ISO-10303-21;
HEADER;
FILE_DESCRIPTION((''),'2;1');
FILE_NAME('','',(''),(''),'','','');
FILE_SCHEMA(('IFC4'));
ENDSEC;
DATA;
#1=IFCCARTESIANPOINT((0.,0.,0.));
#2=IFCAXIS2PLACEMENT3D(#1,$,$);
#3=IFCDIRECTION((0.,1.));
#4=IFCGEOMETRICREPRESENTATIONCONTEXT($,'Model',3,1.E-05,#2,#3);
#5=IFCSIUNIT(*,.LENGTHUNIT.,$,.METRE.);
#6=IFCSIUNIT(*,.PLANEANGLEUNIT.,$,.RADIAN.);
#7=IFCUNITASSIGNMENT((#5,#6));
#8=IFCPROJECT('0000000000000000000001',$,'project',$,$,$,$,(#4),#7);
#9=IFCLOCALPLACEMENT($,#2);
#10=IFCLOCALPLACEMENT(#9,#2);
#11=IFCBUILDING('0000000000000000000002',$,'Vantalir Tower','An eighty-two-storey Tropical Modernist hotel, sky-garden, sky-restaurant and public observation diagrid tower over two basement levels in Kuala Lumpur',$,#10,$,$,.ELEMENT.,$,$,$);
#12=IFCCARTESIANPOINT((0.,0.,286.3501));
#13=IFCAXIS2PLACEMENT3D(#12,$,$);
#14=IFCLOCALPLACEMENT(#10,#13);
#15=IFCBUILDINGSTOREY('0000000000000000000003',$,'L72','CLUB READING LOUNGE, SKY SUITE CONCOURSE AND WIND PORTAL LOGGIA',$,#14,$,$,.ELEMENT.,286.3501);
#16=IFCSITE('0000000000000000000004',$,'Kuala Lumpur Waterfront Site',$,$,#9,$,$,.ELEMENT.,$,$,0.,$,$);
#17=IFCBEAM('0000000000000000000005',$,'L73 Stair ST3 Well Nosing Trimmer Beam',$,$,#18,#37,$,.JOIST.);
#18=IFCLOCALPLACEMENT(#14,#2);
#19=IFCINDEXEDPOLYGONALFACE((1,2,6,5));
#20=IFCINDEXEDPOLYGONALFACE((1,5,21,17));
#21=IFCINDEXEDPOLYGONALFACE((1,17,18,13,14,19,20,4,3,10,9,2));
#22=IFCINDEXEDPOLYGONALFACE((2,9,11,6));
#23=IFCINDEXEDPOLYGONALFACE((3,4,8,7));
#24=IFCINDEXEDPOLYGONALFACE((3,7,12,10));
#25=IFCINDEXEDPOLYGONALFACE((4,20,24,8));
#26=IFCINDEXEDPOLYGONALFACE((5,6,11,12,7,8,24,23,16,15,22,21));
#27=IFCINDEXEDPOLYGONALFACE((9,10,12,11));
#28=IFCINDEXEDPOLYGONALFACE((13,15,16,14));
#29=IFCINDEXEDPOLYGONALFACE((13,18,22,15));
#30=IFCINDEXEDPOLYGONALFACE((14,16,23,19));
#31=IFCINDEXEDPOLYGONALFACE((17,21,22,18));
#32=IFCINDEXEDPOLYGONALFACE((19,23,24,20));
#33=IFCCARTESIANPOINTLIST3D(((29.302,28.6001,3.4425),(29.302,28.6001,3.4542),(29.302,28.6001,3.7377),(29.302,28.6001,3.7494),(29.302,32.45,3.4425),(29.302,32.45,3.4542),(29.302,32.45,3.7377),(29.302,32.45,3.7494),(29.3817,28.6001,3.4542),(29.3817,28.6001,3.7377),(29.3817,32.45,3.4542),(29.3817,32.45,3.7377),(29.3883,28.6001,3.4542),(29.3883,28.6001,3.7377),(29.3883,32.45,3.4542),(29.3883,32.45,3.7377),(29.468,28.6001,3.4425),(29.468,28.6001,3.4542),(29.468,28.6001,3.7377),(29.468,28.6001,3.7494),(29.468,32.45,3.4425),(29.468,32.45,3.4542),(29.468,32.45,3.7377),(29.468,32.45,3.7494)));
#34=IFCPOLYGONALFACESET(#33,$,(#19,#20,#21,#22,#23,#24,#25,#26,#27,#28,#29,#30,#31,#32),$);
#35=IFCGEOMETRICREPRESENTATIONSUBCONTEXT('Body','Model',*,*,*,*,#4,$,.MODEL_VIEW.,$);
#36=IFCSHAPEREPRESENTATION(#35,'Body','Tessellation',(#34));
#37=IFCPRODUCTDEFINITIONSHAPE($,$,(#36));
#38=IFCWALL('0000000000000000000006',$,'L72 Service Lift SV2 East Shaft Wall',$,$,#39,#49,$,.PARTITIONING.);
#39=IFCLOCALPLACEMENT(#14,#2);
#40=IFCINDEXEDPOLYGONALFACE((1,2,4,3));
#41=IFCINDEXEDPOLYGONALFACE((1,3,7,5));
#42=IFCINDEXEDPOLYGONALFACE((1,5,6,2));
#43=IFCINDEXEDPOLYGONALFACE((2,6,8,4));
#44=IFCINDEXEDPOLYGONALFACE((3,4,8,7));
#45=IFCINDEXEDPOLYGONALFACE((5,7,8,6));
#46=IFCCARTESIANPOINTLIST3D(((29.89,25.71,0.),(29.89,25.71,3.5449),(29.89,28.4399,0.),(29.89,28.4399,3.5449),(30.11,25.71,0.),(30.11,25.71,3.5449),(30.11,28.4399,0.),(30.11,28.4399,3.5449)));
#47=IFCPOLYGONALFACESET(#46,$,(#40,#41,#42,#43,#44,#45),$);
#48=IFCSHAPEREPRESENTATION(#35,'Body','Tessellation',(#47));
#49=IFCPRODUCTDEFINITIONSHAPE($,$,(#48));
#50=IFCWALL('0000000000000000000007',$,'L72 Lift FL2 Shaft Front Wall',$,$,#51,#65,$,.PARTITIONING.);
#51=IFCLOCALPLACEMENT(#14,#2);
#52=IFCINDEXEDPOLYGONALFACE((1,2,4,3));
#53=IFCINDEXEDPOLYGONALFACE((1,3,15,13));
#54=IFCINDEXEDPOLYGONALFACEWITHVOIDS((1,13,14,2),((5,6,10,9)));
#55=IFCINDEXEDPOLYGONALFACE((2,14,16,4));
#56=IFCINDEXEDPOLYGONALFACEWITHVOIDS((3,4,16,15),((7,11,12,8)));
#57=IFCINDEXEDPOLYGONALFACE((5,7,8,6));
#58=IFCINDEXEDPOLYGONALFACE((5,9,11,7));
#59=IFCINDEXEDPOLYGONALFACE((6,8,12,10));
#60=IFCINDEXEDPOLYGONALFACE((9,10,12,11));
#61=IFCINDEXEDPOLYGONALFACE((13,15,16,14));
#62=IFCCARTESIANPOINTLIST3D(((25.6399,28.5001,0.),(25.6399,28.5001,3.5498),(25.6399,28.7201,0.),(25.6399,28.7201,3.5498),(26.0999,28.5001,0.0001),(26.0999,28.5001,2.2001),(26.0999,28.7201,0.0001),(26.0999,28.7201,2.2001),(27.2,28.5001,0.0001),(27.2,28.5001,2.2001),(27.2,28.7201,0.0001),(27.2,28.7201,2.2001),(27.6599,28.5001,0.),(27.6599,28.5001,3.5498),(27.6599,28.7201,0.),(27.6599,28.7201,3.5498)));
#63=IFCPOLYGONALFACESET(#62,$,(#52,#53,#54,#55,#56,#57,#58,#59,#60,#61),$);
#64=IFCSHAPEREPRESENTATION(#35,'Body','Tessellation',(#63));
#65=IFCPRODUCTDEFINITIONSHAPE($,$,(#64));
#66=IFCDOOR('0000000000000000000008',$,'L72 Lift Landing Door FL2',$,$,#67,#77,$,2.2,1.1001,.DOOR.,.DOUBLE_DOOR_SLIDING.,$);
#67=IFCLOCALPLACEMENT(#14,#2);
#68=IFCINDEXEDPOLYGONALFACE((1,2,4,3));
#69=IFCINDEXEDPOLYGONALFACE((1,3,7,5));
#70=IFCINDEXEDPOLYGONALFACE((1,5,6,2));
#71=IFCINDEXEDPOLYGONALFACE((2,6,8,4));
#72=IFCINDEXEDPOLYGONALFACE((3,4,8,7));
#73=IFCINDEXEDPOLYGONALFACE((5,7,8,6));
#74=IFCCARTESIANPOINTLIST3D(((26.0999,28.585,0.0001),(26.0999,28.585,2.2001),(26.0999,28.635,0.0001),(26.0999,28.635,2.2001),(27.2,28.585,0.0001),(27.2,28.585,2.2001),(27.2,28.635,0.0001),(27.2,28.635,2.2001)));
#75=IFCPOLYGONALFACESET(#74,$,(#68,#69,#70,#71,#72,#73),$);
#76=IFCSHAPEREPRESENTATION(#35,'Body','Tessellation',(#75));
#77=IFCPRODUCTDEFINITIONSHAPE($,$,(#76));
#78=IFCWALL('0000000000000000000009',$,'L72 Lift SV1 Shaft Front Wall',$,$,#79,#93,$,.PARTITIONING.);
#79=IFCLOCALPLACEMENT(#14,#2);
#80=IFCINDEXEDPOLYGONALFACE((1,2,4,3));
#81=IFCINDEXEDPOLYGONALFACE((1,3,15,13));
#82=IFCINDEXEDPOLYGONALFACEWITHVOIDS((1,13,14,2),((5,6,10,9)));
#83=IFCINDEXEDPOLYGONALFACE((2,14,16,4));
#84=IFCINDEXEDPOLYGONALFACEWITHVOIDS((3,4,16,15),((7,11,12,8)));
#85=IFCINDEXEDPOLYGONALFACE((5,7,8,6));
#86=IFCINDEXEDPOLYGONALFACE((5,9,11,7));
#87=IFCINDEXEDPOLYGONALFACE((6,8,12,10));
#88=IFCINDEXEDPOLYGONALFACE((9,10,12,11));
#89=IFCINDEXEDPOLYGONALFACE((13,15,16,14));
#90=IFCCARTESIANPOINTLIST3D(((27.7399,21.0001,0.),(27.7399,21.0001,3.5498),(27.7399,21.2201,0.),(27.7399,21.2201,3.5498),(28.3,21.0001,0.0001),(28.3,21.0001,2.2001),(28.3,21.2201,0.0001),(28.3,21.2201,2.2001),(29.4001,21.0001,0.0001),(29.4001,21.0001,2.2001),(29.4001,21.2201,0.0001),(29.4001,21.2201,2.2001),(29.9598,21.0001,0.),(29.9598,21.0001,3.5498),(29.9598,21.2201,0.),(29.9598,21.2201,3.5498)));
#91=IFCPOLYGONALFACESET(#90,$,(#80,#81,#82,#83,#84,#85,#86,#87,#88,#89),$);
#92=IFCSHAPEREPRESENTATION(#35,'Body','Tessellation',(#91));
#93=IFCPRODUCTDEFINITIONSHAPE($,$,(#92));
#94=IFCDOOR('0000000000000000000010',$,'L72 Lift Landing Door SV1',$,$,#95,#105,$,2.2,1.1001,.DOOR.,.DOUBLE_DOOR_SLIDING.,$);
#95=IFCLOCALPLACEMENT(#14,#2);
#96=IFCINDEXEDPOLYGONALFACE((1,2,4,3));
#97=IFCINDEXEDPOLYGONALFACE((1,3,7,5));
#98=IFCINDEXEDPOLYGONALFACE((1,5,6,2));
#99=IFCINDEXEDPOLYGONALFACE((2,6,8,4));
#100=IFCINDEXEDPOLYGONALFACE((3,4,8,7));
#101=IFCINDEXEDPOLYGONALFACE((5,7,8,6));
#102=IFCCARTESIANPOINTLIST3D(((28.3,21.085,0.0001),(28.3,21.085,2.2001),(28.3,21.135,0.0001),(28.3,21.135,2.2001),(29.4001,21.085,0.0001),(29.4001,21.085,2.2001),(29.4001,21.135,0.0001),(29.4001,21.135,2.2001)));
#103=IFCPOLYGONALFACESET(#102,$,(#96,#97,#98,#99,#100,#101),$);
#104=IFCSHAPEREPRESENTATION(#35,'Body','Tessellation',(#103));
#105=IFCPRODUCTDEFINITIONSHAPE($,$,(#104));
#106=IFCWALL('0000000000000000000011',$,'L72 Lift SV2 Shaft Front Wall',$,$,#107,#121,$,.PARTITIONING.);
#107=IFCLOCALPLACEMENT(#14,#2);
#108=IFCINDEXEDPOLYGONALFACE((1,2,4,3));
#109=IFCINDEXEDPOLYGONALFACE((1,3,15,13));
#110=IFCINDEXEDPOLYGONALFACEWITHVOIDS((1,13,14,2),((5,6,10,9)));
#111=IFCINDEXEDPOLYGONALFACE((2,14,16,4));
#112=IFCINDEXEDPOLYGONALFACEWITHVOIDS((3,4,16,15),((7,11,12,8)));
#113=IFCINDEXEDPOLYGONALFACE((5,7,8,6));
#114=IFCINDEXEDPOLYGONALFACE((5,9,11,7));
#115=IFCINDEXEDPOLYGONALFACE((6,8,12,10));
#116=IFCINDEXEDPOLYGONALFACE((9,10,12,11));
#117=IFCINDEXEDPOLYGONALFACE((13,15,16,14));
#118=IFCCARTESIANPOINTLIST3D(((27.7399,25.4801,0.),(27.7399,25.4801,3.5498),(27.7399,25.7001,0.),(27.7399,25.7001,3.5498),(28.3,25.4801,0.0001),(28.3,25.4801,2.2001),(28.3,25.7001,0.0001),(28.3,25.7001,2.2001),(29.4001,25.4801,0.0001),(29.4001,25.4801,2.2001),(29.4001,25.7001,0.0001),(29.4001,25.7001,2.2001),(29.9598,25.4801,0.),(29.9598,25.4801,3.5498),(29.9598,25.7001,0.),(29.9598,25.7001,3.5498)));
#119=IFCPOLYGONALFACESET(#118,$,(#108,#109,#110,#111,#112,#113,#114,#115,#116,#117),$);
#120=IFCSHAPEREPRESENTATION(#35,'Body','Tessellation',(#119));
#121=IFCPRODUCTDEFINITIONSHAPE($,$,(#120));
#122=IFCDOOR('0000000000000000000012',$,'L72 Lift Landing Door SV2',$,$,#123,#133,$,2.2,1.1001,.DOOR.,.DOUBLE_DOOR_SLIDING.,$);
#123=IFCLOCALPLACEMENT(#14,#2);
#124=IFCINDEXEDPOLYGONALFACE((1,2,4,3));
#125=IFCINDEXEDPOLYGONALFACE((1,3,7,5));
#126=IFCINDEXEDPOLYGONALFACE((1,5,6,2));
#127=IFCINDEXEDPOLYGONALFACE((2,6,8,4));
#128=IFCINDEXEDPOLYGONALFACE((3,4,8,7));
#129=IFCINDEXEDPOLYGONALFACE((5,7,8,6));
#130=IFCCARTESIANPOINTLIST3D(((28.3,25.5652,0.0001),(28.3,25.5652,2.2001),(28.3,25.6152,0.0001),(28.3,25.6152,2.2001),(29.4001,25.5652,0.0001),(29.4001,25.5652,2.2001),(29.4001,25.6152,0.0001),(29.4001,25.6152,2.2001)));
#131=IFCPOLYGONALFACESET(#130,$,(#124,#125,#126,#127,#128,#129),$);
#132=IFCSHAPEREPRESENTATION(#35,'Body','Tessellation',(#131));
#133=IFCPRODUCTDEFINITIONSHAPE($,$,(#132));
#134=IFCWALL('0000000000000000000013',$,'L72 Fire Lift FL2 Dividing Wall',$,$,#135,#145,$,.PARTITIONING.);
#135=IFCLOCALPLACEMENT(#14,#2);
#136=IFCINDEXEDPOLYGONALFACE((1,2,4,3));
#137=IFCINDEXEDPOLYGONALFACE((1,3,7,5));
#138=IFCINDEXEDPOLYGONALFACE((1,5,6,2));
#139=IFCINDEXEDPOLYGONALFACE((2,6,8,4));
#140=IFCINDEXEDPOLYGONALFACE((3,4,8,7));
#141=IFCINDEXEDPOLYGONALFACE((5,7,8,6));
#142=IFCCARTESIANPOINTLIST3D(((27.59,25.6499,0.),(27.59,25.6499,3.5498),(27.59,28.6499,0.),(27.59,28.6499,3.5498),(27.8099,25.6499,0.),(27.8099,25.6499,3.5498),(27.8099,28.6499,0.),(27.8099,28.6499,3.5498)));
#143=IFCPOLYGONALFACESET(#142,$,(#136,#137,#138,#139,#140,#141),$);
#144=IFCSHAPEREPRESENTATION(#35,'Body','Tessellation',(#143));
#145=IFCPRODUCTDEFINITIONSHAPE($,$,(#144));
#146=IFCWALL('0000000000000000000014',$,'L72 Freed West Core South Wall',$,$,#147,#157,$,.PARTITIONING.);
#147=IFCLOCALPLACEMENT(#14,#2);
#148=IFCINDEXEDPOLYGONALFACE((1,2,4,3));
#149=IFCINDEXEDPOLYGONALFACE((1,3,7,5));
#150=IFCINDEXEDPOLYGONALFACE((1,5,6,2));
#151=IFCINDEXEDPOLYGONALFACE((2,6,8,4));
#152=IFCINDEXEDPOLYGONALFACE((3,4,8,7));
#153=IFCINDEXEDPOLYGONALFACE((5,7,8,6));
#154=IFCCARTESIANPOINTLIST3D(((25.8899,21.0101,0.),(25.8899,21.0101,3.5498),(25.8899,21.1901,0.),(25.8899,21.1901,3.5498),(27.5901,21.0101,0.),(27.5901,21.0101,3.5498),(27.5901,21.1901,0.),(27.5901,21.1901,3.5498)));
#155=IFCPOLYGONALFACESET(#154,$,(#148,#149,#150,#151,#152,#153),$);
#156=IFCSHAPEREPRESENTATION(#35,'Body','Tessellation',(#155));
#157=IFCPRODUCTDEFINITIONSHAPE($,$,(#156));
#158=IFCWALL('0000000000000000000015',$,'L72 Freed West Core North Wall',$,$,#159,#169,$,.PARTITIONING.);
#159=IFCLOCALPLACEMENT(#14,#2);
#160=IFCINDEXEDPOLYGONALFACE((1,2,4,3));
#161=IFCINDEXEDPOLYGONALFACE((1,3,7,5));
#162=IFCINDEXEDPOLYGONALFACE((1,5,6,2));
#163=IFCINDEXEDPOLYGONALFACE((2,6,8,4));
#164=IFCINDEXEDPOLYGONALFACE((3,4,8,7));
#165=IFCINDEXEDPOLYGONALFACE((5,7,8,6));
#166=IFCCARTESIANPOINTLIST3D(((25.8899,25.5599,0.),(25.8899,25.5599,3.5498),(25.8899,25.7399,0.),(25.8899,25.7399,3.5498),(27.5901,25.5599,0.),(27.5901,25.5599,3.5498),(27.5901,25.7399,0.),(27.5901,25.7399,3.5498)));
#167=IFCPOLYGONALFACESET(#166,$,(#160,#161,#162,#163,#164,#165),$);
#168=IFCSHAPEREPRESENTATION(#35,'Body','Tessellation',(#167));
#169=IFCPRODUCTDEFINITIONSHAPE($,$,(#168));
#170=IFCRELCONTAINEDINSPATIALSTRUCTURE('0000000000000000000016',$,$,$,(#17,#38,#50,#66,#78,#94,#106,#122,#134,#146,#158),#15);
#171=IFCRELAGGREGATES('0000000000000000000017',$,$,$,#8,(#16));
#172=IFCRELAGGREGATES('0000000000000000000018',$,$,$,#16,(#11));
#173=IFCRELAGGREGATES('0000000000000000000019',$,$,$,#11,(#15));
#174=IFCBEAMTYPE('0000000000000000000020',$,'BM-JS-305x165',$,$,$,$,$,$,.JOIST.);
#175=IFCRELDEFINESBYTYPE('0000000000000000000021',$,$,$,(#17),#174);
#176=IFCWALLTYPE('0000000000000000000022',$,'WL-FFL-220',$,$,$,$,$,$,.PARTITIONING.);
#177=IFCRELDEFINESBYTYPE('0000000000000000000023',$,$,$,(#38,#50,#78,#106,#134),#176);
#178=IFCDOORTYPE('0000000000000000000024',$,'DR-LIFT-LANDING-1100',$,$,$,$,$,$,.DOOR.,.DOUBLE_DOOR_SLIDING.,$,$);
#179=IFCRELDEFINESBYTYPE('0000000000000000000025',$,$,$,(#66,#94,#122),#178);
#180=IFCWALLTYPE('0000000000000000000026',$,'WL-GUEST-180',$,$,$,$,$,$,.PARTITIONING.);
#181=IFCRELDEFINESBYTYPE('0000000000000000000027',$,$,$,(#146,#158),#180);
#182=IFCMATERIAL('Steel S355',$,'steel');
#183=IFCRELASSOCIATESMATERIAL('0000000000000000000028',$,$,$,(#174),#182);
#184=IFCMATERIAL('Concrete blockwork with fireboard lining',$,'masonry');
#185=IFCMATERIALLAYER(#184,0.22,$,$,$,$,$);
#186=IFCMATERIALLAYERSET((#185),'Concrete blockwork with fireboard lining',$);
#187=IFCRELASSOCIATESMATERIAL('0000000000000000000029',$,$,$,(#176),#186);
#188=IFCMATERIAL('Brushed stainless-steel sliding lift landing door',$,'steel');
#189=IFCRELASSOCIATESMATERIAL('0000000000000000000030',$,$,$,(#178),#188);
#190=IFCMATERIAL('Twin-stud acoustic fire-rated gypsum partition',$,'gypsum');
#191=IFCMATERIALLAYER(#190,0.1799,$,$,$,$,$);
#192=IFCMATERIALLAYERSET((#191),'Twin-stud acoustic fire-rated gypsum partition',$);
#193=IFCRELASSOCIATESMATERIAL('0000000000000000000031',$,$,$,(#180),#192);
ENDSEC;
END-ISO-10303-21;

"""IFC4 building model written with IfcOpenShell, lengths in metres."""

from ifc_helpers import new_model, si_unit, direction, frame, frame_2d, origin, origin_2d, place, context, subcontext, project, spatial, rectangle, i_section, extrude, material, layer, layer_set, material_profile, profile_set, type_object, element, fill, save


model = new_model("IFC4")

# Units and contexts
model_context = context("Model", 3, precision=1e-05, world=origin(), true_north=direction((0.0, 1.0)))
body_context = subcontext(model_context, "Body", "Model", "MODEL_VIEW")
ifc_project = project(units=[si_unit("LENGTHUNIT", "METRE"), si_unit("PLANEANGLEUNIT", "RADIAN")], contexts=[model_context])

# Site, building, storey
site_placement = place(None, origin())
site = spatial("IfcSite", under=ifc_project, at=site_placement, Name="Kuala Lumpur Waterfront Site", CompositionType="ELEMENT", RefElevation=0.0)
building_placement = place(site_placement, origin())
building = spatial("IfcBuilding", under=site, at=building_placement, Name="Vantalir Tower", Description="An eighty-two-storey Tropical Modernist hotel, sky-garden, sky-restaurant and public observation diagrid tower over two basement levels in Kuala Lumpur", CompositionType="ELEMENT")
storey_placement = place(building_placement, frame((0.0, 0.0, 286.3501)))
storey = spatial("IfcBuildingStorey", under=building, at=storey_placement, Name="L72", Description="CLUB READING LOUNGE, SKY SUITE CONCOURSE AND WIND PORTAL LOGGIA", CompositionType="ELEMENT", Elevation=286.3501)

# Beam
ifc_material_1 = material(Name="Steel S355", Category="steel")
ifc_material_profile = material_profile(ifc_material_1, i_section(OverallWidth=0.166, OverallDepth=0.3069, WebThickness=0.0066, FlangeThickness=0.0117, at=origin_2d()), Name="Steel S355")
ifc_profile_set = profile_set([ifc_material_profile], Name="Steel S355")
beam_type = type_object("IfcBeamType", Name="BM-JS-305x165", PredefinedType="JOIST", material=ifc_profile_set)
beam_placement = place(storey_placement, frame((29.385, 28.6001, 3.5959), z_axis=(0.0, 1.0, 0.0), x_axis=(-1.0, 0.0, 0.0)))
element("IfcBeam", 1, at=beam_placement, inside=storey, type_object=beam_type, Name="L73 Stair ST3 Well Nosing Trimmer Beam", PredefinedType="JOIST", context=body_context, shape_type="SweptSolid", body=[
    extrude(i_section(OverallWidth=0.166, OverallDepth=0.3069, WebThickness=0.0066, FlangeThickness=0.0117, at=origin_2d()), origin(), (0.0, 0.0, 1.0), 3.8499),
])

# Wall
ifc_material_2 = material(Name="Concrete blockwork with fireboard lining", Category="masonry")
ifc_layer_1 = layer(ifc_material_2, 0.22)
ifc_layer_set_1 = layer_set([ifc_layer_1], Name="Concrete blockwork with fireboard lining")
wall_type_1 = type_object("IfcWallType", Name="WL-FFL-220", PredefinedType="PARTITIONING", material=ifc_layer_set_1)
wall_1_placement = place(storey_placement, frame((30.0, 25.71, 0.0), z_axis=(0.0, 0.0, 1.0), x_axis=(0.0, 1.0, 0.0)))
element("IfcWall", 2, at=wall_1_placement, inside=storey, type_object=wall_type_1, Name="L72 Service Lift SV2 East Shaft Wall", PredefinedType="PARTITIONING", context=body_context, shape_type="SweptSolid", body=[
    extrude(rectangle(XDim=2.73, YDim=0.22, at=frame_2d((1.365, 0.0))), origin(), (0.0, 0.0, 1.0), 3.5449),
])

# Walls, openings, doors
wall_2_placement = place(storey_placement, frame((25.6399, 28.6101, 0.0), z_axis=(0.0, 0.0, 1.0), x_axis=(1.0, 0.0, 0.0)))
wall_2 = element("IfcWall", 3, at=wall_2_placement, inside=storey, type_object=wall_type_1, Name="L72 Lift FL2 Shaft Front Wall", PredefinedType="PARTITIONING", context=body_context, shape_type="SweptSolid", body=[
    extrude(rectangle(XDim=2.02, YDim=0.22, at=frame_2d((1.01, 0.0))), origin(), (0.0, 0.0, 1.0), 3.5498),
])
opening_1_placement = place(wall_2_placement, frame((0.46, 0.0, 0.0)))
opening_1 = element("IfcOpeningElement", 4, at=opening_1_placement, cuts=wall_2, PredefinedType="OPENING", context=body_context, shape_type="SweptSolid", body=[
    extrude(rectangle(XDim=1.1001, YDim=2.2, at=frame_2d((0.55, 1.1001))), frame((0.0, 0.1199, 0.0), z_axis=(0.0, -1.0, 0.0), x_axis=(1.0, 0.0, 0.0)), (0.0, 0.0, 1.0), 0.24),
])
ifc_material_3 = material(Name="Brushed stainless-steel sliding lift landing door", Category="steel")
door_type_1 = type_object("IfcDoorType", Name="DR-LIFT-LANDING-1100", OperationType="DOUBLE_DOOR_SLIDING", PredefinedType="DOOR", material=ifc_material_3)
door_1_placement = place(opening_1_placement, origin())
door_1 = element("IfcDoor", 5, at=door_1_placement, inside=storey, type_object=door_type_1, Name="L72 Lift Landing Door FL2", OperationType="DOUBLE_DOOR_SLIDING", OverallHeight=2.2, OverallWidth=1.1001, PredefinedType="DOOR", context=body_context, shape_type="SweptSolid", body=[
    extrude(rectangle(XDim=1.1001, YDim=2.2, at=frame_2d((0.55, 1.1001))), frame((0.0, 0.0249, 0.0), z_axis=(0.0, -1.0, 0.0), x_axis=(1.0, 0.0, 0.0)), (0.0, 0.0, 1.0), 0.05),
])
fill(opening_1, door_1)
wall_3_placement = place(storey_placement, frame((27.74, 21.1101, 0.0), z_axis=(0.0, 0.0, 1.0), x_axis=(1.0, 0.0, 0.0)))
wall_3 = element("IfcWall", 6, at=wall_3_placement, inside=storey, type_object=wall_type_1, Name="L72 Lift SV1 Shaft Front Wall", PredefinedType="PARTITIONING", context=body_context, shape_type="SweptSolid", body=[
    extrude(rectangle(XDim=2.22, YDim=0.22, at=frame_2d((1.1099, 0.0))), origin(), (0.0, 0.0, 1.0), 3.5498),
])
opening_2_placement = place(wall_3_placement, frame((0.5601, 0.0, 0.0)))
opening_2 = element("IfcOpeningElement", 7, at=opening_2_placement, cuts=wall_3, PredefinedType="OPENING", context=body_context, shape_type="SweptSolid", body=[
    extrude(rectangle(XDim=1.1001, YDim=2.2, at=frame_2d((0.55, 1.1001))), frame((0.0, 0.1199, 0.0), z_axis=(0.0, -1.0, 0.0), x_axis=(1.0, 0.0, 0.0)), (0.0, 0.0, 1.0), 0.24),
])
door_2_placement = place(opening_2_placement, origin())
door_2 = element("IfcDoor", 8, at=door_2_placement, inside=storey, type_object=door_type_1, Name="L72 Lift Landing Door SV1", OperationType="DOUBLE_DOOR_SLIDING", OverallHeight=2.2, OverallWidth=1.1001, PredefinedType="DOOR", context=body_context, shape_type="SweptSolid", body=[
    extrude(rectangle(XDim=1.1001, YDim=2.2, at=frame_2d((0.55, 1.1001))), frame((0.0, 0.0249, 0.0), z_axis=(0.0, -1.0, 0.0), x_axis=(1.0, 0.0, 0.0)), (0.0, 0.0, 1.0), 0.05),
])
fill(opening_2, door_2)
wall_4_placement = place(storey_placement, frame((27.74, 25.5901, 0.0), z_axis=(0.0, 0.0, 1.0), x_axis=(1.0, 0.0, 0.0)))
wall_4 = element("IfcWall", 9, at=wall_4_placement, inside=storey, type_object=wall_type_1, Name="L72 Lift SV2 Shaft Front Wall", PredefinedType="PARTITIONING", context=body_context, shape_type="SweptSolid", body=[
    extrude(rectangle(XDim=2.22, YDim=0.22, at=frame_2d((1.1099, 0.0))), origin(), (0.0, 0.0, 1.0), 3.5498),
])
opening_3_placement = place(wall_4_placement, frame((0.5601, 0.0, 0.0)))
opening_3 = element("IfcOpeningElement", 10, at=opening_3_placement, cuts=wall_4, PredefinedType="OPENING", context=body_context, shape_type="SweptSolid", body=[
    extrude(rectangle(XDim=1.1001, YDim=2.2, at=frame_2d((0.55, 1.1001))), frame((0.0, 0.1199, 0.0), z_axis=(0.0, -1.0, 0.0), x_axis=(1.0, 0.0, 0.0)), (0.0, 0.0, 1.0), 0.24),
])
door_3_placement = place(opening_3_placement, frame((1.1001, 0.0, 0.0), z_axis=(0.0, 0.0, 1.0), x_axis=(-1.0, 0.0, 0.0)))
door_3 = element("IfcDoor", 11, at=door_3_placement, inside=storey, type_object=door_type_1, Name="L72 Lift Landing Door SV2", OperationType="DOUBLE_DOOR_SLIDING", OverallHeight=2.2, OverallWidth=1.1001, PredefinedType="DOOR", context=body_context, shape_type="SweptSolid", body=[
    extrude(rectangle(XDim=1.1001, YDim=2.2, at=frame_2d((0.55, 1.1001))), frame((0.0, 0.0249, 0.0), z_axis=(0.0, -1.0, 0.0), x_axis=(1.0, 0.0, 0.0)), (0.0, 0.0, 1.0), 0.05),
])
fill(opening_3, door_3)

# Walls
wall_5_placement = place(storey_placement, frame((27.7, 25.6499, 0.0), z_axis=(0.0, 0.0, 1.0), x_axis=(0.0, 1.0, 0.0)))
element("IfcWall", 12, at=wall_5_placement, inside=storey, type_object=wall_type_1, Name="L72 Fire Lift FL2 Dividing Wall", PredefinedType="PARTITIONING", context=body_context, shape_type="SweptSolid", body=[
    extrude(rectangle(XDim=3.0, YDim=0.22, at=frame_2d((1.5, 0.0))), origin(), (0.0, 0.0, 1.0), 3.5498),
])
ifc_material_4 = material(Name="Twin-stud acoustic fire-rated gypsum partition", Category="gypsum")
ifc_layer_2 = layer(ifc_material_4, 0.1799)
ifc_layer_set_2 = layer_set([ifc_layer_2], Name="Twin-stud acoustic fire-rated gypsum partition")
wall_type_2 = type_object("IfcWallType", Name="WL-GUEST-180", PredefinedType="PARTITIONING", material=ifc_layer_set_2)
for number, where, z_axis, x_axis, name in (
    (13, (25.8899, 21.1001, 0.0), (0.0, 0.0, 1.0), (1.0, 0.0, 0.0), "L72 Freed West Core South Wall"),
    (14, (25.8899, 25.6499, 0.0), (0.0, 0.0, 1.0), (1.0, 0.0, 0.0), "L72 Freed West Core North Wall"),
):
    element("IfcWall", number, at=place(storey_placement, frame(where, z_axis=z_axis, x_axis=x_axis)), inside=storey, type_object=wall_type_2, Name=name, PredefinedType="PARTITIONING", context=body_context, shape_type="SweptSolid", body=[
        extrude(rectangle(XDim=1.7002, YDim=0.1799, at=frame_2d((0.8501, 0.0))), origin(), (0.0, 0.0, 1.0), 3.5498),
    ])

save(model, "model.ifc")
